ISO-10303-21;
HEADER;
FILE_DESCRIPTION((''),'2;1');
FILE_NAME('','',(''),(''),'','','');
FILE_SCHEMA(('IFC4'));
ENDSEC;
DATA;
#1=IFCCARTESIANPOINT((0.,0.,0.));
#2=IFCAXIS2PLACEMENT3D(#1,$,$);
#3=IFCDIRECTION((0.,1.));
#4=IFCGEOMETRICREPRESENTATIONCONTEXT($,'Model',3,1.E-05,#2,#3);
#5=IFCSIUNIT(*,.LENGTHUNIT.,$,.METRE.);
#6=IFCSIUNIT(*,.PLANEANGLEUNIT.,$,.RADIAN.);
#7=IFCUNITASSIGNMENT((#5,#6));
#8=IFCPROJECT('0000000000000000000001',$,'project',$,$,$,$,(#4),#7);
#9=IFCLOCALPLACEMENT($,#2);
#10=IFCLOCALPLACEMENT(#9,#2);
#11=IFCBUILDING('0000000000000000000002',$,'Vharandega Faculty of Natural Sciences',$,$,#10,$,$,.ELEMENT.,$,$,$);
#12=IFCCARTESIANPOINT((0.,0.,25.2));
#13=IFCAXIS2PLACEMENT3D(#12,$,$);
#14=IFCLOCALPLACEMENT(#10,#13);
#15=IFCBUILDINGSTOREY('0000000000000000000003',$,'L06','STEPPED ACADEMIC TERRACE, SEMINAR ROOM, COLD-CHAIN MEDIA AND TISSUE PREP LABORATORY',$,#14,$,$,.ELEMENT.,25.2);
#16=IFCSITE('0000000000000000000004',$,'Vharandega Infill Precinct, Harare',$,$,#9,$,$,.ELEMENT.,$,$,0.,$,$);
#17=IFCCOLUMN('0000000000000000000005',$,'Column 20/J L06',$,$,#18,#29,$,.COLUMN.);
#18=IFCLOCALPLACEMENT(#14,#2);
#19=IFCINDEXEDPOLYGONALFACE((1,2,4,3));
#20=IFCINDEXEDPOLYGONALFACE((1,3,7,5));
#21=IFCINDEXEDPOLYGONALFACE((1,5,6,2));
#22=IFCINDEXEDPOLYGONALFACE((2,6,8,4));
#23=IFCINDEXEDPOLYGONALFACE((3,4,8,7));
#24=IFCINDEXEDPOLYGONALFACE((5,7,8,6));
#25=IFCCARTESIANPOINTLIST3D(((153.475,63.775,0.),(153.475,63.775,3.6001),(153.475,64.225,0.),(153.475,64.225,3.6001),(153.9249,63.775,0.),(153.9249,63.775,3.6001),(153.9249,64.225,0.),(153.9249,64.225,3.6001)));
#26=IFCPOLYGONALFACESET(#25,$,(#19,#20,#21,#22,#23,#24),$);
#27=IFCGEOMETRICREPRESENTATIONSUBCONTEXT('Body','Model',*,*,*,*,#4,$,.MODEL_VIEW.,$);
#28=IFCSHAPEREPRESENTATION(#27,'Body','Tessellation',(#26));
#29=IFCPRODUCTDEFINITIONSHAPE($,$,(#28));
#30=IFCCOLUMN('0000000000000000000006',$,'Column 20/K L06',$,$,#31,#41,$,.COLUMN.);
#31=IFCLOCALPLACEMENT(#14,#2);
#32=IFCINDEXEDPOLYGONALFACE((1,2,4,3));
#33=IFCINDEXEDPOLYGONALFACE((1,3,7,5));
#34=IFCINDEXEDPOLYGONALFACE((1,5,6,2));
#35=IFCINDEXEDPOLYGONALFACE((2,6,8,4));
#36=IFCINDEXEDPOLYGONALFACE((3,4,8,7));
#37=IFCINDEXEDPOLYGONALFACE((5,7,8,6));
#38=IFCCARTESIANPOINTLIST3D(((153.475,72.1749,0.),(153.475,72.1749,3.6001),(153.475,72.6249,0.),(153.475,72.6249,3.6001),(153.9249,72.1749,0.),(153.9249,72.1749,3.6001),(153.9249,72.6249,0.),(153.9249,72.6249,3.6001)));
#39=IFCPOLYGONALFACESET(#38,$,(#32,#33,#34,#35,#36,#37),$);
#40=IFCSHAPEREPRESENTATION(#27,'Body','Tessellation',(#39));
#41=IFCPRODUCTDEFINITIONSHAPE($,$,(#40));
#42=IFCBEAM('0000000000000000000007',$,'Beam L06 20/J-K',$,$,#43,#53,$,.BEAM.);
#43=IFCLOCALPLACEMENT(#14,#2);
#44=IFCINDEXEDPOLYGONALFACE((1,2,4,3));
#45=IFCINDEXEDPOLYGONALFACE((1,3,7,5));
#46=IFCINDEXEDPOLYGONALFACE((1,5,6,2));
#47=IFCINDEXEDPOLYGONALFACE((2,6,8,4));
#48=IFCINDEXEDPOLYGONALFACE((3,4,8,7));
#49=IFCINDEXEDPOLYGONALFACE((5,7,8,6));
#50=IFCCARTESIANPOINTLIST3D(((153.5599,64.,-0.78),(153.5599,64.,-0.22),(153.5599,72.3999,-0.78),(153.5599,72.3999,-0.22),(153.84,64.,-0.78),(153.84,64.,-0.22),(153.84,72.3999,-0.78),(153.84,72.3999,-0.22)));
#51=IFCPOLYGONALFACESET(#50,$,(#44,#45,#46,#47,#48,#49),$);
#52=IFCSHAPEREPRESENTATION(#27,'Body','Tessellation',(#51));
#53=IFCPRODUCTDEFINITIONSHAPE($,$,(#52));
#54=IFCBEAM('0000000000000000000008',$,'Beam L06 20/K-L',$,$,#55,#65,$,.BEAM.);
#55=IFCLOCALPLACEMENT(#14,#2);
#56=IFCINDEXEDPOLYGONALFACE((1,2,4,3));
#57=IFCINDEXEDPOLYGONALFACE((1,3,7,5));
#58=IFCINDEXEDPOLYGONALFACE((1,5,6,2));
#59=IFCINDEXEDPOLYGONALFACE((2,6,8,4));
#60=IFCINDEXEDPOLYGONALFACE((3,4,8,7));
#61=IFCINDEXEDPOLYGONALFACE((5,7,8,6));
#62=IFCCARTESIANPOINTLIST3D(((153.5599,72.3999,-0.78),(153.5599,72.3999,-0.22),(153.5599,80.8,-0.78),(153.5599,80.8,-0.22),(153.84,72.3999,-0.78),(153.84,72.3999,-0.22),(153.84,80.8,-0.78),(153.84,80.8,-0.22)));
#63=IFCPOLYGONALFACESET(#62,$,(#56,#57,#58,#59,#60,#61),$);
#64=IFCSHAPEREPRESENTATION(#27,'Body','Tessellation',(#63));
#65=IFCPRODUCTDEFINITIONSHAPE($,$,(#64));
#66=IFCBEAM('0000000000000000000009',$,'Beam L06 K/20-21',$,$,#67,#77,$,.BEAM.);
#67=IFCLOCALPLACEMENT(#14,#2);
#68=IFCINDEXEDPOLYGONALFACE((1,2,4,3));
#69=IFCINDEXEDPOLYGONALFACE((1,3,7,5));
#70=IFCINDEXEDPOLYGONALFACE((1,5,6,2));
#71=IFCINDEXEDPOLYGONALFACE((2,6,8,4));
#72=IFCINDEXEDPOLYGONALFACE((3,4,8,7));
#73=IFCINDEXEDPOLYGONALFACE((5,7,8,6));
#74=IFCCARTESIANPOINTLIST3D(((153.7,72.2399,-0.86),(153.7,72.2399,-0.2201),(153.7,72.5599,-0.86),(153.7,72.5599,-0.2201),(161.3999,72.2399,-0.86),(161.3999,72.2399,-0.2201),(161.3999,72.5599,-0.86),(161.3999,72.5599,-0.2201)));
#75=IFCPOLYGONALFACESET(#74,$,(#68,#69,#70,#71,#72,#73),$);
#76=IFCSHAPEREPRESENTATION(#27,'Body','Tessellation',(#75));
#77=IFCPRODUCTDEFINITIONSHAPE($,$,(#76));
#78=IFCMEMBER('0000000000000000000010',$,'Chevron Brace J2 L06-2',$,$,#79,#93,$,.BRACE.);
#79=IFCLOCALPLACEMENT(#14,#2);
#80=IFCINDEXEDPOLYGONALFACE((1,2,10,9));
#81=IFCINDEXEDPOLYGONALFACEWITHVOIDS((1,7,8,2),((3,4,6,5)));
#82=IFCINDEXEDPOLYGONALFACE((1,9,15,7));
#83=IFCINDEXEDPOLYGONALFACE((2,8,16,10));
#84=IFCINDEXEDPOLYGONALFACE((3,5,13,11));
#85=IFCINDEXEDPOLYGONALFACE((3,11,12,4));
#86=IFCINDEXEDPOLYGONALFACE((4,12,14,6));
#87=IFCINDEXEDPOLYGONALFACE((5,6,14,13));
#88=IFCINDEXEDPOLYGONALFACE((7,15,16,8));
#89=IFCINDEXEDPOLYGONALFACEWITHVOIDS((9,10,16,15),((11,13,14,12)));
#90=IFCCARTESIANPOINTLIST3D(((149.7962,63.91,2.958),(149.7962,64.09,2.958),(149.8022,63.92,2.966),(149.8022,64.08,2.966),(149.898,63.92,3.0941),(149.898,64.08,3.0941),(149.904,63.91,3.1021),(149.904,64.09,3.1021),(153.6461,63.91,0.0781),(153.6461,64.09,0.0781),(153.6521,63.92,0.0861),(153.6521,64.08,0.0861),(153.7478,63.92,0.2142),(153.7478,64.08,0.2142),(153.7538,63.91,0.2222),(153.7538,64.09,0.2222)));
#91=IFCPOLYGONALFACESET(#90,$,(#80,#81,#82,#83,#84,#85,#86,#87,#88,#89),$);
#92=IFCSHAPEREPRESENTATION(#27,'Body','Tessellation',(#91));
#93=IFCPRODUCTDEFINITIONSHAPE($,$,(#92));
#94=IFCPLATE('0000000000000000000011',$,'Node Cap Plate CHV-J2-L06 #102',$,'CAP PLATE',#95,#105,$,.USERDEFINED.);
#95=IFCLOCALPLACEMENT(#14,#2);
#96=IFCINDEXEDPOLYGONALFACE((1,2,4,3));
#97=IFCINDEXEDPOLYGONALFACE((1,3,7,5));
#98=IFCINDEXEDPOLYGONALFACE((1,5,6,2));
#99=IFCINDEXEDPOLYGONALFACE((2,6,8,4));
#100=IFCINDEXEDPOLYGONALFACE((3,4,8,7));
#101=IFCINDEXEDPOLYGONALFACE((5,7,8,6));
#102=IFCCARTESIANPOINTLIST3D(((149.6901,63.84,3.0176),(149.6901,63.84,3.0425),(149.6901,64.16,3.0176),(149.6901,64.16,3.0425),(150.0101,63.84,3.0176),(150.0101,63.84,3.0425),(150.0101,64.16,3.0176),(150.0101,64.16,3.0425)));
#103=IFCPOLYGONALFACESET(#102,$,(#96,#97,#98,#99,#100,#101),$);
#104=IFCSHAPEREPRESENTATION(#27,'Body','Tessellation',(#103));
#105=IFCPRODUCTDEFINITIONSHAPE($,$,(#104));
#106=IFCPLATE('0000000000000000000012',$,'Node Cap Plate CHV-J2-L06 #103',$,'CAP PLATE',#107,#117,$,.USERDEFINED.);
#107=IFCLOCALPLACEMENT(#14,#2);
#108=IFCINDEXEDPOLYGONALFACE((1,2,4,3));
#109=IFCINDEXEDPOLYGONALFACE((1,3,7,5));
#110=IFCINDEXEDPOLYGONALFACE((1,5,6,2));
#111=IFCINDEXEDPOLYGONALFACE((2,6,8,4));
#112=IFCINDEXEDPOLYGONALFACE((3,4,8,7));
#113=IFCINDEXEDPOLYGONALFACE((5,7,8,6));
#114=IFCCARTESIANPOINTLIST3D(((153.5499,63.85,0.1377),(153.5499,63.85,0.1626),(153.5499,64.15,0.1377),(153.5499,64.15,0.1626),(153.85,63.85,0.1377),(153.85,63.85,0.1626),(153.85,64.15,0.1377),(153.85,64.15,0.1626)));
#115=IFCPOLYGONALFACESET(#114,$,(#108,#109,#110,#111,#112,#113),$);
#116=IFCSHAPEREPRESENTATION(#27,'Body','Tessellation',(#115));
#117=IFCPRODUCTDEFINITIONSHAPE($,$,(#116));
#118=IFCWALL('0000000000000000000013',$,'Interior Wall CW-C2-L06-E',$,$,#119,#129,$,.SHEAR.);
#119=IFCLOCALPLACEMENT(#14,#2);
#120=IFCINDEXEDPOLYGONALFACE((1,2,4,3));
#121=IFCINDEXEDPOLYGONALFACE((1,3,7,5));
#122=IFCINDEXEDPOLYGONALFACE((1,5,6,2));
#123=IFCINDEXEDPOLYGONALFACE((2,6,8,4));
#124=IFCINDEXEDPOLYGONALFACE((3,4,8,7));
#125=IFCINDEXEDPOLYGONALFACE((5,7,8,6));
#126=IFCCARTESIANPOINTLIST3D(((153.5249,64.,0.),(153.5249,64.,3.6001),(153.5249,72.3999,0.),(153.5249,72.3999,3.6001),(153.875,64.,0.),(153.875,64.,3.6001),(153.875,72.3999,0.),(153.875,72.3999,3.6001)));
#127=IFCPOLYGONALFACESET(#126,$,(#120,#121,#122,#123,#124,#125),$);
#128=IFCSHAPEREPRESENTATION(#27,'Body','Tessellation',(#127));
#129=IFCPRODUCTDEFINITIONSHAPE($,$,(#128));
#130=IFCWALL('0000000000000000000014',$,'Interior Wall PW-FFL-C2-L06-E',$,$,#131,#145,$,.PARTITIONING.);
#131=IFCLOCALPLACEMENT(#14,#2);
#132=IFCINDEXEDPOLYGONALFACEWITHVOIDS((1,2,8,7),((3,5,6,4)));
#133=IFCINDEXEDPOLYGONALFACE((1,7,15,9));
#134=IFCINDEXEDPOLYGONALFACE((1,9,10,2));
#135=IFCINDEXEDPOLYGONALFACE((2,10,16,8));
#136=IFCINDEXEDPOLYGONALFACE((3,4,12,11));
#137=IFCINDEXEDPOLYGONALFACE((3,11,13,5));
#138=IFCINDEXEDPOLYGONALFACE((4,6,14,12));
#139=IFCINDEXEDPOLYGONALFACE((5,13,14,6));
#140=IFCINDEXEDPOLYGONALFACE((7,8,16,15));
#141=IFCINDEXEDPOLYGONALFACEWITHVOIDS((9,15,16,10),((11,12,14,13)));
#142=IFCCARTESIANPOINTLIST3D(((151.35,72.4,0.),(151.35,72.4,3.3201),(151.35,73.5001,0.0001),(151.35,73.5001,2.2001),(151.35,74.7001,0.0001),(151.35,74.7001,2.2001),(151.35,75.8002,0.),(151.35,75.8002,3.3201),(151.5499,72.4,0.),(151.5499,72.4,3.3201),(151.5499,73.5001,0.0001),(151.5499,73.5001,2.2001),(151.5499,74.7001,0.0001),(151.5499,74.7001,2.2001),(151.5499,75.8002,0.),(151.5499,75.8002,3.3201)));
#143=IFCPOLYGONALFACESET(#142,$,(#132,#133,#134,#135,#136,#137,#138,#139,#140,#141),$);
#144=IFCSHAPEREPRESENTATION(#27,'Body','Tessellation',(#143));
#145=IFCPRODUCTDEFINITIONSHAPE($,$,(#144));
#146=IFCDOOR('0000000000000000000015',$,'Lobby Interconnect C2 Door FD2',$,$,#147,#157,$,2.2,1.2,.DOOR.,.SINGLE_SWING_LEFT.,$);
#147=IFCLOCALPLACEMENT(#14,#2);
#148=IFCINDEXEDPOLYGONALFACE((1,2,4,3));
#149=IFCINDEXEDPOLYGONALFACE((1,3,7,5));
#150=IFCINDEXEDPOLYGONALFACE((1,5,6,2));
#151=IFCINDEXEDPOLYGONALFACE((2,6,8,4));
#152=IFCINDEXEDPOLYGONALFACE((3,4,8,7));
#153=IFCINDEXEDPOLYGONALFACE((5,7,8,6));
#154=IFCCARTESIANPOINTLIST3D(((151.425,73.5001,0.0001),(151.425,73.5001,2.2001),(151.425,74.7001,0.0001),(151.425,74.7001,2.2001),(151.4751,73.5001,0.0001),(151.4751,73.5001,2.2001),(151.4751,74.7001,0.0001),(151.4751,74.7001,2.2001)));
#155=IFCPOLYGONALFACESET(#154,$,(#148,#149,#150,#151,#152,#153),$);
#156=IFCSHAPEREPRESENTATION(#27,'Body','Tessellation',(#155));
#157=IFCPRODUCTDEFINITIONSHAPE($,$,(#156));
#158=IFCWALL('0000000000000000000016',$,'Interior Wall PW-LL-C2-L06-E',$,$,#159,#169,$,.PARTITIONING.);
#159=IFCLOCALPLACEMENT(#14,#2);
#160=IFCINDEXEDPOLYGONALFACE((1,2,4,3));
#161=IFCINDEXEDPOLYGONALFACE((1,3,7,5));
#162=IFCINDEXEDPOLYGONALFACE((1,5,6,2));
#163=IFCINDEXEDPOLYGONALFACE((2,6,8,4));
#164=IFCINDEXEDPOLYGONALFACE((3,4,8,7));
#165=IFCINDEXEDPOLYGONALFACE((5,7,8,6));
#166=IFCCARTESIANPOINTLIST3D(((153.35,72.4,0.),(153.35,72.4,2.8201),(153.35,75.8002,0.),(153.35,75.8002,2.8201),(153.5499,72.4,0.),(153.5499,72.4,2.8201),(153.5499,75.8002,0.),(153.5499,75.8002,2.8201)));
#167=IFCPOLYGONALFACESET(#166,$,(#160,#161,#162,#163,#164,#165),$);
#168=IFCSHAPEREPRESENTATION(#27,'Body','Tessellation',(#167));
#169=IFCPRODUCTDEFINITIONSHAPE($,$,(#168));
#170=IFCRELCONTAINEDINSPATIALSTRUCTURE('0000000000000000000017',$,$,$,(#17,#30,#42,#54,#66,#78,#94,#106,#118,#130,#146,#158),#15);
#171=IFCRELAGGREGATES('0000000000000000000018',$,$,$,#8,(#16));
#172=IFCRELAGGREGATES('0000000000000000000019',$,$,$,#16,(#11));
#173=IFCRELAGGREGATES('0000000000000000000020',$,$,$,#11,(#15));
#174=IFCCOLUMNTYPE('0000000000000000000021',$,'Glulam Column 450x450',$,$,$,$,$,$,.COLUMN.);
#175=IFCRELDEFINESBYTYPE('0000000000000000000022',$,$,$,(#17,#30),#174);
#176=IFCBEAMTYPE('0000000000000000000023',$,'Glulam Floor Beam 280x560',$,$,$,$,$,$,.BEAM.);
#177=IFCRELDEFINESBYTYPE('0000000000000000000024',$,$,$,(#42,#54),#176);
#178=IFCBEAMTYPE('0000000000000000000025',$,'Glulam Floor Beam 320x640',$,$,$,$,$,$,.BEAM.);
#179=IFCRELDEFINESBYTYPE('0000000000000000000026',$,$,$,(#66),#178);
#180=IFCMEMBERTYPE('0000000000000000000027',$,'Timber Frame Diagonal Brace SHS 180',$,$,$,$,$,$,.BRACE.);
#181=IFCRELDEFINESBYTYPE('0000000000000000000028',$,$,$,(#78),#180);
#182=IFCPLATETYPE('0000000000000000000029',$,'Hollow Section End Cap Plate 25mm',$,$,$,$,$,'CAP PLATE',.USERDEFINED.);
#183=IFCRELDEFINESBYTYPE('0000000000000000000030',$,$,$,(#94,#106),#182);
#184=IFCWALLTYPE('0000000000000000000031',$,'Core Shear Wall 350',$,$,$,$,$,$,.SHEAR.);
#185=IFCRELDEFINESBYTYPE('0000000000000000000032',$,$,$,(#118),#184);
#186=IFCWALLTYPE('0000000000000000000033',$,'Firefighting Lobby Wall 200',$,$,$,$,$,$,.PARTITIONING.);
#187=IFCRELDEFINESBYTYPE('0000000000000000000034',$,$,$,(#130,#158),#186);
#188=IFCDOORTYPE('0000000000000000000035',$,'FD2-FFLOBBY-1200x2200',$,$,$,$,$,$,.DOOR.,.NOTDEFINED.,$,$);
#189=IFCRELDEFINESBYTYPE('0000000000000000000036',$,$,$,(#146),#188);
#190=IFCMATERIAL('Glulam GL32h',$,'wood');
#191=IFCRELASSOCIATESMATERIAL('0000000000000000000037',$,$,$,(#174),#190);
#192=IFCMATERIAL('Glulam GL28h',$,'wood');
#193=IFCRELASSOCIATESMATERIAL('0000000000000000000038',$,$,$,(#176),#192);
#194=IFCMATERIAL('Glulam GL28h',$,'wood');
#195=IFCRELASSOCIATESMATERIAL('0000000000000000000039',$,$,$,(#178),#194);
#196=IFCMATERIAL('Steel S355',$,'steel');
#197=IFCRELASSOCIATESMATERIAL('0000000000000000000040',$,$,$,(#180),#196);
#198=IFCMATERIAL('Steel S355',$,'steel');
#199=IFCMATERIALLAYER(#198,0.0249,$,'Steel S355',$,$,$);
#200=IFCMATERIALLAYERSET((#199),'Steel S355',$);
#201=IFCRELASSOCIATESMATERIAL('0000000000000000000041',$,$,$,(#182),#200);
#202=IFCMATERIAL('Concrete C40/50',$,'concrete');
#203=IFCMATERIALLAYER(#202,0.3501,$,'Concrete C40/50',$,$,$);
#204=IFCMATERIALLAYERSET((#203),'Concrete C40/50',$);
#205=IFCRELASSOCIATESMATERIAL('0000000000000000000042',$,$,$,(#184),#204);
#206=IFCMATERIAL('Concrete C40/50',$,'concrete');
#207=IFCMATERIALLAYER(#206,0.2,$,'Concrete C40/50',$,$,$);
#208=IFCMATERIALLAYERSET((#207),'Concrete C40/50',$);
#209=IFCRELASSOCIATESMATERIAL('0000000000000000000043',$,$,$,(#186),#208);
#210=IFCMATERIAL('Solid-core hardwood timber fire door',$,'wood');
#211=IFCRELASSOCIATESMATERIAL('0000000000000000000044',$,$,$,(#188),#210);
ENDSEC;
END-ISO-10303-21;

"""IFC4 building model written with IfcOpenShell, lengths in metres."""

from ifc_helpers import new_model, si_unit, direction, frame, frame_2d, origin, origin_2d, place, context, subcontext, project, spatial, rectangle, hollow_rectangle, extrude, material, layer, layer_set, material_profile, profile_set, type_object, element, fill, save


model = new_model("IFC4")

# Units and contexts
model_context = context("Model", 3, precision=1e-05, world=origin(), true_north=direction((0.0, 1.0)))
body_context = subcontext(model_context, "Body", "Model", "MODEL_VIEW")
ifc_project = project(units=[si_unit("LENGTHUNIT", "METRE"), si_unit("PLANEANGLEUNIT", "RADIAN")], contexts=[model_context])

# Site, building, storey
site_placement = place(None, origin())
site = spatial("IfcSite", under=ifc_project, at=site_placement, Name="Vharandega Infill Precinct, Harare", CompositionType="ELEMENT", RefElevation=0.0)
building_placement = place(site_placement, origin())
building = spatial("IfcBuilding", under=site, at=building_placement, Name="Vharandega Faculty of Natural Sciences", CompositionType="ELEMENT")
storey_placement = place(building_placement, frame((0.0, 0.0, 25.2)))
storey = spatial("IfcBuildingStorey", under=building, at=storey_placement, Name="L06", Description="STEPPED ACADEMIC TERRACE, SEMINAR ROOM, COLD-CHAIN MEDIA AND TISSUE PREP LABORATORY", CompositionType="ELEMENT", Elevation=25.2)

# Columns
ifc_material_1 = material(Name="Glulam GL32h", Category="wood")
ifc_material_profile_1 = material_profile(ifc_material_1, rectangle(XDim=0.45, YDim=0.45, at=origin_2d()), Name="GL32h 450x450")
ifc_profile_set_1 = profile_set([ifc_material_profile_1], Name="Glulam GL32h")
column_type = type_object("IfcColumnType", Name="Glulam Column 450x450", PredefinedType="COLUMN", material=ifc_profile_set_1)
for number, where, z_axis, x_axis, name in (
    (1, (153.7, 64.0, 0.0), (0.0, 0.0, 1.0), (1.0, 0.0, 0.0), "Column 20/J L06"),
    (2, (153.7, 72.3999, 0.0), (0.0, 0.0, 1.0), (1.0, 0.0, 0.0), "Column 20/K L06"),
):
    element("IfcColumn", number, at=place(storey_placement, frame(where, z_axis=z_axis, x_axis=x_axis)), inside=storey, type_object=column_type, Name=name, PredefinedType="COLUMN", context=body_context, shape_type="SweptSolid", body=[
        extrude(rectangle(XDim=0.45, YDim=0.45, at=origin_2d()), origin(), (0.0, 0.0, 1.0), 3.6001),
    ])

# Beams
ifc_material_2 = material(Name="Glulam GL28h", Category="wood")
ifc_material_profile_2 = material_profile(ifc_material_2, rectangle(XDim=0.28, YDim=0.5601, at=origin_2d()), Name="GL28h 280x560")
ifc_profile_set_2 = profile_set([ifc_material_profile_2], Name="Glulam GL28h")
beam_type_1 = type_object("IfcBeamType", Name="Glulam Floor Beam 280x560", PredefinedType="BEAM", material=ifc_profile_set_2)
beam_1_placement = place(storey_placement, frame((153.7, 64.0, -0.5), z_axis=(0.0, 1.0, 0.0), x_axis=(-1.0, 0.0, 0.0)))
element("IfcBeam", 3, at=beam_1_placement, inside=storey, type_object=beam_type_1, Name="Beam L06 20/J-K", PredefinedType="BEAM", context=body_context, shape_type="SweptSolid", body=[
    extrude(rectangle(XDim=0.28, YDim=0.5601, at=origin_2d()), origin(), (0.0, 0.0, 1.0), 8.3999),
])
beam_2_placement = place(storey_placement, frame((153.7, 72.3999, -0.5), z_axis=(0.0, 1.0, 0.0), x_axis=(-1.0, 0.0, 0.0)))
element("IfcBeam", 4, at=beam_2_placement, inside=storey, type_object=beam_type_1, Name="Beam L06 20/K-L", PredefinedType="BEAM", context=body_context, shape_type="SweptSolid", body=[
    extrude(rectangle(XDim=0.28, YDim=0.5601, at=origin_2d()), origin(), (0.0, 0.0, 1.0), 8.4001),
])
ifc_material_3 = material(Name="Glulam GL28h", Category="wood")
ifc_material_profile_3 = material_profile(ifc_material_3, rectangle(XDim=0.3201, YDim=0.6399, at=origin_2d()), Name="GL28h 320x640")
ifc_profile_set_3 = profile_set([ifc_material_profile_3], Name="Glulam GL28h")
beam_type_2 = type_object("IfcBeamType", Name="Glulam Floor Beam 320x640", PredefinedType="BEAM", material=ifc_profile_set_3)
beam_3_placement = place(storey_placement, frame((153.7, 72.3999, -0.54), z_axis=(1.0, 0.0, 0.0), x_axis=(0.0, 1.0, 0.0)))
element("IfcBeam", 5, at=beam_3_placement, inside=storey, type_object=beam_type_2, Name="Beam L06 K/20-21", PredefinedType="BEAM", context=body_context, shape_type="SweptSolid", body=[
    extrude(rectangle(XDim=0.3201, YDim=0.6399, at=origin_2d()), origin(), (0.0, 0.0, 1.0), 7.7),
])

# Member
ifc_material_4 = material(Name="Steel S355", Category="steel")
ifc_material_profile_4 = material_profile(ifc_material_4, hollow_rectangle(XDim=0.1799, YDim=0.1799, WallThickness=0.01, at=origin_2d()), Name="SHS 180x180x10")
ifc_profile_set_4 = profile_set([ifc_material_profile_4], Name="Steel S355")
member_type = type_object("IfcMemberType", Name="Timber Frame Diagonal Brace SHS 180", PredefinedType="BRACE", material=ifc_profile_set_4)
member_placement = place(storey_placement, frame((153.7, 64.0, 0.1501), z_axis=(-0.800749, 0.0, 0.599), x_axis=(0.0, -1.0, 0.0)))
element("IfcMember", 6, at=member_placement, inside=storey, type_object=member_type, Name="Chevron Brace J2 L06-2", PredefinedType="BRACE", context=body_context, shape_type="SweptSolid", body=[
    extrude(hollow_rectangle(XDim=0.1799, YDim=0.1799, WallThickness=0.01, at=origin_2d()), origin(), (0.0, 0.0, 1.0), 4.8079),
])

# Plates
ifc_material_5 = material(Name="Steel S355", Category="steel")
ifc_layer_1 = layer(ifc_material_5, 0.0249, Name="Steel S355")
ifc_layer_set_1 = layer_set([ifc_layer_1], Name="Steel S355")
plate_type = type_object("IfcPlateType", Name="Hollow Section End Cap Plate 25mm", ElementType="CAP PLATE", PredefinedType="USERDEFINED", material=ifc_layer_set_1)
plate_1_placement = place(storey_placement, frame((149.8501, 64.0, 3.0176), z_axis=(0.0, 0.0, 1.0), x_axis=(1.0, 0.0, 0.0)))
element("IfcPlate", 7, at=plate_1_placement, inside=storey, type_object=plate_type, Name="Node Cap Plate CHV-J2-L06 #102", ObjectType="CAP PLATE", PredefinedType="USERDEFINED", context=body_context, shape_type="SweptSolid", body=[
    extrude(rectangle(XDim=0.3201, YDim=0.3201, at=origin_2d()), origin(), (0.0, 0.0, 1.0), 0.0249),
])
plate_2_placement = place(storey_placement, frame((153.7, 64.0, 0.1377), z_axis=(0.0, 0.0, 1.0), x_axis=(1.0, 0.0, 0.0)))
element("IfcPlate", 8, at=plate_2_placement, inside=storey, type_object=plate_type, Name="Node Cap Plate CHV-J2-L06 #103", ObjectType="CAP PLATE", PredefinedType="USERDEFINED", context=body_context, shape_type="SweptSolid", body=[
    extrude(rectangle(XDim=0.3, YDim=0.3, at=origin_2d()), origin(), (0.0, 0.0, 1.0), 0.0249),
])

# Wall
ifc_material_6 = material(Name="Concrete C40/50", Category="concrete")
ifc_layer_2 = layer(ifc_material_6, 0.3501, Name="Concrete C40/50")
ifc_layer_set_2 = layer_set([ifc_layer_2], Name="Concrete C40/50")
wall_type_1 = type_object("IfcWallType", Name="Core Shear Wall 350", PredefinedType="SHEAR", material=ifc_layer_set_2)
wall_1_placement = place(storey_placement, frame((153.7, 64.0, 0.0), z_axis=(0.0, 0.0, 1.0), x_axis=(0.0, 1.0, 0.0)))
element("IfcWall", 9, at=wall_1_placement, inside=storey, type_object=wall_type_1, Name="Interior Wall CW-C2-L06-E", PredefinedType="SHEAR", context=body_context, shape_type="SweptSolid", body=[
    extrude(rectangle(XDim=8.3999, YDim=0.3501, at=frame_2d((4.2, 0.0))), origin(), (0.0, 0.0, 1.0), 3.6001),
])

# Wall, opening, door
ifc_material_7 = material(Name="Concrete C40/50", Category="concrete")
ifc_layer_3 = layer(ifc_material_7, 0.2, Name="Concrete C40/50")
ifc_layer_set_3 = layer_set([ifc_layer_3], Name="Concrete C40/50")
wall_type_2 = type_object("IfcWallType", Name="Firefighting Lobby Wall 200", PredefinedType="PARTITIONING", material=ifc_layer_set_3)
wall_2_placement = place(storey_placement, frame((151.45, 72.3999, 0.0), z_axis=(0.0, 0.0, 1.0), x_axis=(0.0, 1.0, 0.0)))
wall_2 = element("IfcWall", 10, at=wall_2_placement, inside=storey, type_object=wall_type_2, Name="Interior Wall PW-FFL-C2-L06-E", PredefinedType="PARTITIONING", context=body_context, shape_type="SweptSolid", body=[
    extrude(rectangle(XDim=3.4001, YDim=0.2, at=frame_2d((1.7002, 0.0))), origin(), (0.0, 0.0, 1.0), 3.3201),
])
opening_1_placement = place(wall_2_placement, frame((1.1001, 0.0, 0.0)))
opening_1 = element("IfcOpeningElement", 11, at=opening_1_placement, cuts=wall_2, PredefinedType="OPENING", context=body_context, shape_type="SweptSolid", body=[
    extrude(rectangle(XDim=1.2, YDim=2.2, at=frame_2d((0.6001, 1.1001))), frame((0.0, 0.1099, 0.0), z_axis=(0.0, -1.0, 0.0), x_axis=(1.0, 0.0, 0.0)), (0.0, 0.0, 1.0), 0.22),
])
ifc_material_8 = material(Name="Solid-core hardwood timber fire door", Category="wood")
door_type_1 = type_object("IfcDoorType", Name="FD2-FFLOBBY-1200x2200", OperationType="NOTDEFINED", PredefinedType="DOOR", material=ifc_material_8)
door_1_placement = place(opening_1_placement, origin())
door_1 = element("IfcDoor", 12, at=door_1_placement, inside=storey, type_object=door_type_1, Name="Lobby Interconnect C2 Door FD2", OperationType="SINGLE_SWING_LEFT", OverallHeight=2.2, OverallWidth=1.2, PredefinedType="DOOR", context=body_context, shape_type="SweptSolid", body=[
    extrude(rectangle(XDim=1.2, YDim=2.2, at=frame_2d((0.6001, 1.1001))), frame((0.0, 0.0249, 0.0), z_axis=(0.0, -1.0, 0.0), x_axis=(1.0, 0.0, 0.0)), (0.0, 0.0, 1.0), 0.05),
])
fill(opening_1, door_1)

# Wall
wall_3_placement = place(storey_placement, frame((153.45, 72.3999, 0.0), z_axis=(0.0, 0.0, 1.0), x_axis=(0.0, 1.0, 0.0)))
element("IfcWall", 13, at=wall_3_placement, inside=storey, type_object=wall_type_2, Name="Interior Wall PW-LL-C2-L06-E", PredefinedType="PARTITIONING", context=body_context, shape_type="SweptSolid", body=[
    extrude(rectangle(XDim=3.4001, YDim=0.2, at=frame_2d((1.7002, 0.0))), origin(), (0.0, 0.0, 1.0), 2.8201),
])

save(model, "model.ifc")
